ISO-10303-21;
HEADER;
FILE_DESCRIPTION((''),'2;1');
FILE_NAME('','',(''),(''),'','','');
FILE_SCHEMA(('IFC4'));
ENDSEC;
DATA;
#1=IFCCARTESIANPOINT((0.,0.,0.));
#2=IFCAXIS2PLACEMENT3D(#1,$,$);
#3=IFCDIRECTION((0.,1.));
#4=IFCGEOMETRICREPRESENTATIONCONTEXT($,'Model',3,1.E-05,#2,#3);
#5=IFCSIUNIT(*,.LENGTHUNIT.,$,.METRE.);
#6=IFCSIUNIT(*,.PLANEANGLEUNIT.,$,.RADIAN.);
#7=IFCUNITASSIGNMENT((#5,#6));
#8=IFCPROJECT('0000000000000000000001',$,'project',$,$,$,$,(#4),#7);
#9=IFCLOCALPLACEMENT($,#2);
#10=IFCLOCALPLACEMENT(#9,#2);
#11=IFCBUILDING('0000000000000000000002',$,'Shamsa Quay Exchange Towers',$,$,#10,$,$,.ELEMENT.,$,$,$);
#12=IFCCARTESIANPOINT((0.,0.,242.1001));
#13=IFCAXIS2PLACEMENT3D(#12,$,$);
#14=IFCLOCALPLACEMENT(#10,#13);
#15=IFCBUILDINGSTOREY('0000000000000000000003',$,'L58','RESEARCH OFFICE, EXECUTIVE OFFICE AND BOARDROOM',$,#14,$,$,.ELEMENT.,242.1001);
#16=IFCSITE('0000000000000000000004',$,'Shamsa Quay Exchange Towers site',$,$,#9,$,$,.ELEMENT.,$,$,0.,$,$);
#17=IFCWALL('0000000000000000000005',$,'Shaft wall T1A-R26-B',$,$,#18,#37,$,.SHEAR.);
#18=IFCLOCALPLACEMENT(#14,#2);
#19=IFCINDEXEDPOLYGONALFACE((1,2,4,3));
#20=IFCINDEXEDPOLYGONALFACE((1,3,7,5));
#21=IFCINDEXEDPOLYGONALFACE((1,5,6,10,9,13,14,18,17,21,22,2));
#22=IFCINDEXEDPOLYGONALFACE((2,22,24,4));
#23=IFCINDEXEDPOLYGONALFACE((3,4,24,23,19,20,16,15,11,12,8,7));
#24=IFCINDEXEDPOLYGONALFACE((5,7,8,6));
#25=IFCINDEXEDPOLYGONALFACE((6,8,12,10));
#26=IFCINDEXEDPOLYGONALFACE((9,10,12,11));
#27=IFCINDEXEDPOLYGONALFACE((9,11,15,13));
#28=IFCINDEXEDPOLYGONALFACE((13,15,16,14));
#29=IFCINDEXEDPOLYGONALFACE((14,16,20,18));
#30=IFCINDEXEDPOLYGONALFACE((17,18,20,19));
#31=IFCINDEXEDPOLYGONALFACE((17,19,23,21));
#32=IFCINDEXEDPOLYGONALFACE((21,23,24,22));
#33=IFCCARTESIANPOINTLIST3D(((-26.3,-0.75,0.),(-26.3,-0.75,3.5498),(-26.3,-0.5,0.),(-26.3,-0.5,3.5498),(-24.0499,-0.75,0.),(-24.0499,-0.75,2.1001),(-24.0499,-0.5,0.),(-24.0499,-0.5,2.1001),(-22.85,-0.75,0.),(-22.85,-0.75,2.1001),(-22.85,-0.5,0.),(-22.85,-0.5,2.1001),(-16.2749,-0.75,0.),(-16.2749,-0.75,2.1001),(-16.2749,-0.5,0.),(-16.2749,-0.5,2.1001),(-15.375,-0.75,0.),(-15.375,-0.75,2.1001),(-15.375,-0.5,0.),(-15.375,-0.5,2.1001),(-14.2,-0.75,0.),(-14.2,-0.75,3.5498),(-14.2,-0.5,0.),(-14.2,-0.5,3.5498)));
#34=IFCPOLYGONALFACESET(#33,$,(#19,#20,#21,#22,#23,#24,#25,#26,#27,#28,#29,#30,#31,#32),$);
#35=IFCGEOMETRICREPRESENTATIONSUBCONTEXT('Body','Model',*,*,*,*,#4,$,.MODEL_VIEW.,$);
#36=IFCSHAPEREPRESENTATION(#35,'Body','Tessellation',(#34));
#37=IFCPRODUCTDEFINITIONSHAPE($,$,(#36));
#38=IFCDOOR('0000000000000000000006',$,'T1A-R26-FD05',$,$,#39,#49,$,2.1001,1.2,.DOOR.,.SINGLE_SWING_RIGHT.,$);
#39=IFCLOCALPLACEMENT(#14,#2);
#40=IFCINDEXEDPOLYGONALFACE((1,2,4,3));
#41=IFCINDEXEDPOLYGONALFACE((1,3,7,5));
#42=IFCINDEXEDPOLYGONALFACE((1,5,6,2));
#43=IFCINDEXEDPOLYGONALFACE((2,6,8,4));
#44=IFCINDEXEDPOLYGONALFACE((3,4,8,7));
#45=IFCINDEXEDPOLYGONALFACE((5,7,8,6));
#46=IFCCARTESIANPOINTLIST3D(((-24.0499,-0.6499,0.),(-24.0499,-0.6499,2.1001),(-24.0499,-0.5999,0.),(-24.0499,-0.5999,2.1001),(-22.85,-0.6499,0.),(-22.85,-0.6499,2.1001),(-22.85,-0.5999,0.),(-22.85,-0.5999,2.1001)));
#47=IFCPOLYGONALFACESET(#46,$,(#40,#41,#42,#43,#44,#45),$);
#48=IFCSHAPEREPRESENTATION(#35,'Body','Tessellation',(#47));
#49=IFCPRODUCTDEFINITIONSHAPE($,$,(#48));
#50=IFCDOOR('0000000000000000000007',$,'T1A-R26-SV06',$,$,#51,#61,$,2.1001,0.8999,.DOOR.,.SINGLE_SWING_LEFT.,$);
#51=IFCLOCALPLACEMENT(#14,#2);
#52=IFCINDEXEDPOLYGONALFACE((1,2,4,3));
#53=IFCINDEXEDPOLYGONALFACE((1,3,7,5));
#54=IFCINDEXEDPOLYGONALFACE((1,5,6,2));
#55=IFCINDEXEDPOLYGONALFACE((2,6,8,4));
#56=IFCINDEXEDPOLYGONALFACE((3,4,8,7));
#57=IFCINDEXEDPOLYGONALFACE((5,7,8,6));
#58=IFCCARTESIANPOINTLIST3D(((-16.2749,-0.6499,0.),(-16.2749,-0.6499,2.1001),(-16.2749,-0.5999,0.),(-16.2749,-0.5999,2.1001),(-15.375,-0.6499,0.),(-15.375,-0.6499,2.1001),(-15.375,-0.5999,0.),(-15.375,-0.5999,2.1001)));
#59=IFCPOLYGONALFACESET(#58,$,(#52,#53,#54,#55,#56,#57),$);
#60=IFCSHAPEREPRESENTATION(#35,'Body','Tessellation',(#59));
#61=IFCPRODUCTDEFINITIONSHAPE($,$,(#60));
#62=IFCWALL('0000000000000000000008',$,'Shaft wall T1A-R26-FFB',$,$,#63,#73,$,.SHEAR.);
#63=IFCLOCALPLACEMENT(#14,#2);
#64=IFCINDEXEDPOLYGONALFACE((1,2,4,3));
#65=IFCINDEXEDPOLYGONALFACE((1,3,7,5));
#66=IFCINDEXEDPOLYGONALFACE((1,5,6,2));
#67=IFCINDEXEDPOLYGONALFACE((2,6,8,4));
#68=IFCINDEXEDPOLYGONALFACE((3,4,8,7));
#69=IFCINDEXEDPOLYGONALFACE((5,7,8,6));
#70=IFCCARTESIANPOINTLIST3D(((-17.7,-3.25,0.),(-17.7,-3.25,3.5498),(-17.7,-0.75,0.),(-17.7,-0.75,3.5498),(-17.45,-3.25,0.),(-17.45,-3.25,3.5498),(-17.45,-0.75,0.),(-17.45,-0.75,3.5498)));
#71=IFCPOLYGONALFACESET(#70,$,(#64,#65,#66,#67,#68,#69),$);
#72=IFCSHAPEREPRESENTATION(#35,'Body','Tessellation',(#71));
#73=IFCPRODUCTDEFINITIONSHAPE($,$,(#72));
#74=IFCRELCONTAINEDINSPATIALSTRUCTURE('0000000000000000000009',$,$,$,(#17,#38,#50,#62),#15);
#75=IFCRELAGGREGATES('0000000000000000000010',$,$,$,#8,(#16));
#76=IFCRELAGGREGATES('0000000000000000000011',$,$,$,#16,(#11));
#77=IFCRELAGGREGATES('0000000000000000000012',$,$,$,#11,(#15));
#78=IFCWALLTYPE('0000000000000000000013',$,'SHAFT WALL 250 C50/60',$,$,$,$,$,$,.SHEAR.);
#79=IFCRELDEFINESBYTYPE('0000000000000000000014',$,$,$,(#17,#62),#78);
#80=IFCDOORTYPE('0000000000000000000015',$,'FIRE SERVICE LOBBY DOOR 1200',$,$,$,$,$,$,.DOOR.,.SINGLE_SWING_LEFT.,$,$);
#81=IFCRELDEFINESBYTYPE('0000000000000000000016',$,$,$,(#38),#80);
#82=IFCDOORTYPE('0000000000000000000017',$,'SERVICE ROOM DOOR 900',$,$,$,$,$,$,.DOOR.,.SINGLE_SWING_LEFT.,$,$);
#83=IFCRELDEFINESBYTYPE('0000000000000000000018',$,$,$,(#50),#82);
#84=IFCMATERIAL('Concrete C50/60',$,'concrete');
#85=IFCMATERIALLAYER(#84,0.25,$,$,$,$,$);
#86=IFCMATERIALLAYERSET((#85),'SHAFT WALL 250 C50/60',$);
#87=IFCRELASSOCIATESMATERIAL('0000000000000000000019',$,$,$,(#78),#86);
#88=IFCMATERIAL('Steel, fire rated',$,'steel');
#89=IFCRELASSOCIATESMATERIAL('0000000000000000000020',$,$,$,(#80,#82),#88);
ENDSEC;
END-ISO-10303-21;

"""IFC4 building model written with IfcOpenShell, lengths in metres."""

from ifc_helpers import new_model, si_unit, direction, frame, frame_2d, origin, place, context, subcontext, project, spatial, rectangle, extrude, material, layer, layer_set, type_object, element, fill, save


model = new_model("IFC4")

# Units and contexts
model_context = context("Model", 3, precision=1e-05, world=origin(), true_north=direction((0.0, 1.0)))
body_context = subcontext(model_context, "Body", "Model", "MODEL_VIEW")
ifc_project = project(units=[si_unit("LENGTHUNIT", "METRE"), si_unit("PLANEANGLEUNIT", "RADIAN")], contexts=[model_context])

# Site, building, storey
site_placement = place(None, origin())
site = spatial("IfcSite", under=ifc_project, at=site_placement, Name="Shamsa Quay Exchange Towers site", CompositionType="ELEMENT", RefElevation=0.0)
building_placement = place(site_placement, origin())
building = spatial("IfcBuilding", under=site, at=building_placement, Name="Shamsa Quay Exchange Towers", CompositionType="ELEMENT")
storey_placement = place(building_placement, frame((0.0, 0.0, 242.1001)))
storey = spatial("IfcBuildingStorey", under=building, at=storey_placement, Name="L58", Description="RESEARCH OFFICE, EXECUTIVE OFFICE AND BOARDROOM", CompositionType="ELEMENT", Elevation=242.1001)

# Shared definitions
ifc_material_1 = material(Name="Concrete C50/60", Category="concrete")
ifc_layer_1 = layer(ifc_material_1, 0.25)
ifc_layer_set_1 = layer_set([ifc_layer_1], Name="SHAFT WALL 250 C50/60")
wall_type = type_object("IfcWallType", Name="SHAFT WALL 250 C50/60", PredefinedType="SHEAR", material=ifc_layer_set_1)
ifc_material_2 = material(Name="Steel, fire rated", Category="steel")

# Wall, openings, doors
wall_1_placement = place(storey_placement, frame((-14.2, -0.625, 0.0), z_axis=(0.0, 0.0, 1.0), x_axis=(-1.0, 0.0, 0.0)))
wall_1 = element("IfcWall", 1, at=wall_1_placement, inside=storey, type_object=wall_type, Name="Shaft wall T1A-R26-B", PredefinedType="SHEAR", context=body_context, shape_type="SweptSolid", body=[
    extrude(rectangle(XDim=12.1001, YDim=0.25, at=frame_2d((6.05, 0.0))), origin(), (0.0, 0.0, 1.0), 3.5498),
])
opening_1_placement = place(wall_1_placement, frame((8.6499, 0.0, 0.0)))
opening_1 = element("IfcOpeningElement", 2, at=opening_1_placement, cuts=wall_1, PredefinedType="OPENING", context=body_context, shape_type="SweptSolid", body=[
    extrude(rectangle(XDim=1.2, YDim=2.1001, at=frame_2d((0.6001, 1.05))), frame((0.0, 0.135, 0.0), z_axis=(0.0, -1.0, 0.0), x_axis=(1.0, 0.0, 0.0)), (0.0, 0.0, 1.0), 0.27),
])
opening_2_placement = place(wall_1_placement, frame((1.175, 0.0, 0.0)))
opening_2 = element("IfcOpeningElement", 3, at=opening_2_placement, cuts=wall_1, PredefinedType="OPENING", context=body_context, shape_type="SweptSolid", body=[
    extrude(rectangle(XDim=0.8999, YDim=2.1001, at=frame_2d((0.45, 1.05))), frame((0.0, 0.135, 0.0), z_axis=(0.0, -1.0, 0.0), x_axis=(1.0, 0.0, 0.0)), (0.0, 0.0, 1.0), 0.27),
])
door_type_1 = type_object("IfcDoorType", Name="FIRE SERVICE LOBBY DOOR 1200", OperationType="SINGLE_SWING_LEFT", PredefinedType="DOOR", material=ifc_material_2)
door_1_placement = place(opening_1_placement, origin())
door_1 = element("IfcDoor", 4, at=door_1_placement, inside=storey, type_object=door_type_1, Name="T1A-R26-FD05", OperationType="SINGLE_SWING_RIGHT", OverallHeight=2.1001, OverallWidth=1.2, PredefinedType="DOOR", context=body_context, shape_type="SweptSolid", body=[
    extrude(rectangle(XDim=1.2, YDim=2.1001, at=frame_2d((0.6001, 1.05))), frame((0.0, 0.0249, 0.0), z_axis=(0.0, -1.0, 0.0), x_axis=(1.0, 0.0, 0.0)), (0.0, 0.0, 1.0), 0.05),
])
fill(opening_1, door_1)
door_type_2 = type_object("IfcDoorType", Name="SERVICE ROOM DOOR 900", OperationType="SINGLE_SWING_LEFT", PredefinedType="DOOR", material=ifc_material_2)
door_2_placement = place(opening_2_placement, origin())
door_2 = element("IfcDoor", 5, at=door_2_placement, inside=storey, type_object=door_type_2, Name="T1A-R26-SV06", OperationType="SINGLE_SWING_LEFT", OverallHeight=2.1001, OverallWidth=0.8999, PredefinedType="DOOR", context=body_context, shape_type="SweptSolid", body=[
    extrude(rectangle(XDim=0.8999, YDim=2.1001, at=frame_2d((0.45, 1.05))), frame((0.0, 0.0249, 0.0), z_axis=(0.0, -1.0, 0.0), x_axis=(1.0, 0.0, 0.0)), (0.0, 0.0, 1.0), 0.05),
])
fill(opening_2, door_2)

# Wall
wall_2_placement = place(storey_placement, frame((-17.575, -3.25, 0.0), z_axis=(0.0, 0.0, 1.0), x_axis=(0.0, 1.0, 0.0)))
element("IfcWall", 6, at=wall_2_placement, inside=storey, type_object=wall_type, Name="Shaft wall T1A-R26-FFB", PredefinedType="SHEAR", context=body_context, shape_type="SweptSolid", body=[
    extrude(rectangle(XDim=2.5, YDim=0.25, at=frame_2d((1.25, 0.0))), origin(), (0.0, 0.0, 1.0), 3.5498),
])

save(model, "model.ifc")
